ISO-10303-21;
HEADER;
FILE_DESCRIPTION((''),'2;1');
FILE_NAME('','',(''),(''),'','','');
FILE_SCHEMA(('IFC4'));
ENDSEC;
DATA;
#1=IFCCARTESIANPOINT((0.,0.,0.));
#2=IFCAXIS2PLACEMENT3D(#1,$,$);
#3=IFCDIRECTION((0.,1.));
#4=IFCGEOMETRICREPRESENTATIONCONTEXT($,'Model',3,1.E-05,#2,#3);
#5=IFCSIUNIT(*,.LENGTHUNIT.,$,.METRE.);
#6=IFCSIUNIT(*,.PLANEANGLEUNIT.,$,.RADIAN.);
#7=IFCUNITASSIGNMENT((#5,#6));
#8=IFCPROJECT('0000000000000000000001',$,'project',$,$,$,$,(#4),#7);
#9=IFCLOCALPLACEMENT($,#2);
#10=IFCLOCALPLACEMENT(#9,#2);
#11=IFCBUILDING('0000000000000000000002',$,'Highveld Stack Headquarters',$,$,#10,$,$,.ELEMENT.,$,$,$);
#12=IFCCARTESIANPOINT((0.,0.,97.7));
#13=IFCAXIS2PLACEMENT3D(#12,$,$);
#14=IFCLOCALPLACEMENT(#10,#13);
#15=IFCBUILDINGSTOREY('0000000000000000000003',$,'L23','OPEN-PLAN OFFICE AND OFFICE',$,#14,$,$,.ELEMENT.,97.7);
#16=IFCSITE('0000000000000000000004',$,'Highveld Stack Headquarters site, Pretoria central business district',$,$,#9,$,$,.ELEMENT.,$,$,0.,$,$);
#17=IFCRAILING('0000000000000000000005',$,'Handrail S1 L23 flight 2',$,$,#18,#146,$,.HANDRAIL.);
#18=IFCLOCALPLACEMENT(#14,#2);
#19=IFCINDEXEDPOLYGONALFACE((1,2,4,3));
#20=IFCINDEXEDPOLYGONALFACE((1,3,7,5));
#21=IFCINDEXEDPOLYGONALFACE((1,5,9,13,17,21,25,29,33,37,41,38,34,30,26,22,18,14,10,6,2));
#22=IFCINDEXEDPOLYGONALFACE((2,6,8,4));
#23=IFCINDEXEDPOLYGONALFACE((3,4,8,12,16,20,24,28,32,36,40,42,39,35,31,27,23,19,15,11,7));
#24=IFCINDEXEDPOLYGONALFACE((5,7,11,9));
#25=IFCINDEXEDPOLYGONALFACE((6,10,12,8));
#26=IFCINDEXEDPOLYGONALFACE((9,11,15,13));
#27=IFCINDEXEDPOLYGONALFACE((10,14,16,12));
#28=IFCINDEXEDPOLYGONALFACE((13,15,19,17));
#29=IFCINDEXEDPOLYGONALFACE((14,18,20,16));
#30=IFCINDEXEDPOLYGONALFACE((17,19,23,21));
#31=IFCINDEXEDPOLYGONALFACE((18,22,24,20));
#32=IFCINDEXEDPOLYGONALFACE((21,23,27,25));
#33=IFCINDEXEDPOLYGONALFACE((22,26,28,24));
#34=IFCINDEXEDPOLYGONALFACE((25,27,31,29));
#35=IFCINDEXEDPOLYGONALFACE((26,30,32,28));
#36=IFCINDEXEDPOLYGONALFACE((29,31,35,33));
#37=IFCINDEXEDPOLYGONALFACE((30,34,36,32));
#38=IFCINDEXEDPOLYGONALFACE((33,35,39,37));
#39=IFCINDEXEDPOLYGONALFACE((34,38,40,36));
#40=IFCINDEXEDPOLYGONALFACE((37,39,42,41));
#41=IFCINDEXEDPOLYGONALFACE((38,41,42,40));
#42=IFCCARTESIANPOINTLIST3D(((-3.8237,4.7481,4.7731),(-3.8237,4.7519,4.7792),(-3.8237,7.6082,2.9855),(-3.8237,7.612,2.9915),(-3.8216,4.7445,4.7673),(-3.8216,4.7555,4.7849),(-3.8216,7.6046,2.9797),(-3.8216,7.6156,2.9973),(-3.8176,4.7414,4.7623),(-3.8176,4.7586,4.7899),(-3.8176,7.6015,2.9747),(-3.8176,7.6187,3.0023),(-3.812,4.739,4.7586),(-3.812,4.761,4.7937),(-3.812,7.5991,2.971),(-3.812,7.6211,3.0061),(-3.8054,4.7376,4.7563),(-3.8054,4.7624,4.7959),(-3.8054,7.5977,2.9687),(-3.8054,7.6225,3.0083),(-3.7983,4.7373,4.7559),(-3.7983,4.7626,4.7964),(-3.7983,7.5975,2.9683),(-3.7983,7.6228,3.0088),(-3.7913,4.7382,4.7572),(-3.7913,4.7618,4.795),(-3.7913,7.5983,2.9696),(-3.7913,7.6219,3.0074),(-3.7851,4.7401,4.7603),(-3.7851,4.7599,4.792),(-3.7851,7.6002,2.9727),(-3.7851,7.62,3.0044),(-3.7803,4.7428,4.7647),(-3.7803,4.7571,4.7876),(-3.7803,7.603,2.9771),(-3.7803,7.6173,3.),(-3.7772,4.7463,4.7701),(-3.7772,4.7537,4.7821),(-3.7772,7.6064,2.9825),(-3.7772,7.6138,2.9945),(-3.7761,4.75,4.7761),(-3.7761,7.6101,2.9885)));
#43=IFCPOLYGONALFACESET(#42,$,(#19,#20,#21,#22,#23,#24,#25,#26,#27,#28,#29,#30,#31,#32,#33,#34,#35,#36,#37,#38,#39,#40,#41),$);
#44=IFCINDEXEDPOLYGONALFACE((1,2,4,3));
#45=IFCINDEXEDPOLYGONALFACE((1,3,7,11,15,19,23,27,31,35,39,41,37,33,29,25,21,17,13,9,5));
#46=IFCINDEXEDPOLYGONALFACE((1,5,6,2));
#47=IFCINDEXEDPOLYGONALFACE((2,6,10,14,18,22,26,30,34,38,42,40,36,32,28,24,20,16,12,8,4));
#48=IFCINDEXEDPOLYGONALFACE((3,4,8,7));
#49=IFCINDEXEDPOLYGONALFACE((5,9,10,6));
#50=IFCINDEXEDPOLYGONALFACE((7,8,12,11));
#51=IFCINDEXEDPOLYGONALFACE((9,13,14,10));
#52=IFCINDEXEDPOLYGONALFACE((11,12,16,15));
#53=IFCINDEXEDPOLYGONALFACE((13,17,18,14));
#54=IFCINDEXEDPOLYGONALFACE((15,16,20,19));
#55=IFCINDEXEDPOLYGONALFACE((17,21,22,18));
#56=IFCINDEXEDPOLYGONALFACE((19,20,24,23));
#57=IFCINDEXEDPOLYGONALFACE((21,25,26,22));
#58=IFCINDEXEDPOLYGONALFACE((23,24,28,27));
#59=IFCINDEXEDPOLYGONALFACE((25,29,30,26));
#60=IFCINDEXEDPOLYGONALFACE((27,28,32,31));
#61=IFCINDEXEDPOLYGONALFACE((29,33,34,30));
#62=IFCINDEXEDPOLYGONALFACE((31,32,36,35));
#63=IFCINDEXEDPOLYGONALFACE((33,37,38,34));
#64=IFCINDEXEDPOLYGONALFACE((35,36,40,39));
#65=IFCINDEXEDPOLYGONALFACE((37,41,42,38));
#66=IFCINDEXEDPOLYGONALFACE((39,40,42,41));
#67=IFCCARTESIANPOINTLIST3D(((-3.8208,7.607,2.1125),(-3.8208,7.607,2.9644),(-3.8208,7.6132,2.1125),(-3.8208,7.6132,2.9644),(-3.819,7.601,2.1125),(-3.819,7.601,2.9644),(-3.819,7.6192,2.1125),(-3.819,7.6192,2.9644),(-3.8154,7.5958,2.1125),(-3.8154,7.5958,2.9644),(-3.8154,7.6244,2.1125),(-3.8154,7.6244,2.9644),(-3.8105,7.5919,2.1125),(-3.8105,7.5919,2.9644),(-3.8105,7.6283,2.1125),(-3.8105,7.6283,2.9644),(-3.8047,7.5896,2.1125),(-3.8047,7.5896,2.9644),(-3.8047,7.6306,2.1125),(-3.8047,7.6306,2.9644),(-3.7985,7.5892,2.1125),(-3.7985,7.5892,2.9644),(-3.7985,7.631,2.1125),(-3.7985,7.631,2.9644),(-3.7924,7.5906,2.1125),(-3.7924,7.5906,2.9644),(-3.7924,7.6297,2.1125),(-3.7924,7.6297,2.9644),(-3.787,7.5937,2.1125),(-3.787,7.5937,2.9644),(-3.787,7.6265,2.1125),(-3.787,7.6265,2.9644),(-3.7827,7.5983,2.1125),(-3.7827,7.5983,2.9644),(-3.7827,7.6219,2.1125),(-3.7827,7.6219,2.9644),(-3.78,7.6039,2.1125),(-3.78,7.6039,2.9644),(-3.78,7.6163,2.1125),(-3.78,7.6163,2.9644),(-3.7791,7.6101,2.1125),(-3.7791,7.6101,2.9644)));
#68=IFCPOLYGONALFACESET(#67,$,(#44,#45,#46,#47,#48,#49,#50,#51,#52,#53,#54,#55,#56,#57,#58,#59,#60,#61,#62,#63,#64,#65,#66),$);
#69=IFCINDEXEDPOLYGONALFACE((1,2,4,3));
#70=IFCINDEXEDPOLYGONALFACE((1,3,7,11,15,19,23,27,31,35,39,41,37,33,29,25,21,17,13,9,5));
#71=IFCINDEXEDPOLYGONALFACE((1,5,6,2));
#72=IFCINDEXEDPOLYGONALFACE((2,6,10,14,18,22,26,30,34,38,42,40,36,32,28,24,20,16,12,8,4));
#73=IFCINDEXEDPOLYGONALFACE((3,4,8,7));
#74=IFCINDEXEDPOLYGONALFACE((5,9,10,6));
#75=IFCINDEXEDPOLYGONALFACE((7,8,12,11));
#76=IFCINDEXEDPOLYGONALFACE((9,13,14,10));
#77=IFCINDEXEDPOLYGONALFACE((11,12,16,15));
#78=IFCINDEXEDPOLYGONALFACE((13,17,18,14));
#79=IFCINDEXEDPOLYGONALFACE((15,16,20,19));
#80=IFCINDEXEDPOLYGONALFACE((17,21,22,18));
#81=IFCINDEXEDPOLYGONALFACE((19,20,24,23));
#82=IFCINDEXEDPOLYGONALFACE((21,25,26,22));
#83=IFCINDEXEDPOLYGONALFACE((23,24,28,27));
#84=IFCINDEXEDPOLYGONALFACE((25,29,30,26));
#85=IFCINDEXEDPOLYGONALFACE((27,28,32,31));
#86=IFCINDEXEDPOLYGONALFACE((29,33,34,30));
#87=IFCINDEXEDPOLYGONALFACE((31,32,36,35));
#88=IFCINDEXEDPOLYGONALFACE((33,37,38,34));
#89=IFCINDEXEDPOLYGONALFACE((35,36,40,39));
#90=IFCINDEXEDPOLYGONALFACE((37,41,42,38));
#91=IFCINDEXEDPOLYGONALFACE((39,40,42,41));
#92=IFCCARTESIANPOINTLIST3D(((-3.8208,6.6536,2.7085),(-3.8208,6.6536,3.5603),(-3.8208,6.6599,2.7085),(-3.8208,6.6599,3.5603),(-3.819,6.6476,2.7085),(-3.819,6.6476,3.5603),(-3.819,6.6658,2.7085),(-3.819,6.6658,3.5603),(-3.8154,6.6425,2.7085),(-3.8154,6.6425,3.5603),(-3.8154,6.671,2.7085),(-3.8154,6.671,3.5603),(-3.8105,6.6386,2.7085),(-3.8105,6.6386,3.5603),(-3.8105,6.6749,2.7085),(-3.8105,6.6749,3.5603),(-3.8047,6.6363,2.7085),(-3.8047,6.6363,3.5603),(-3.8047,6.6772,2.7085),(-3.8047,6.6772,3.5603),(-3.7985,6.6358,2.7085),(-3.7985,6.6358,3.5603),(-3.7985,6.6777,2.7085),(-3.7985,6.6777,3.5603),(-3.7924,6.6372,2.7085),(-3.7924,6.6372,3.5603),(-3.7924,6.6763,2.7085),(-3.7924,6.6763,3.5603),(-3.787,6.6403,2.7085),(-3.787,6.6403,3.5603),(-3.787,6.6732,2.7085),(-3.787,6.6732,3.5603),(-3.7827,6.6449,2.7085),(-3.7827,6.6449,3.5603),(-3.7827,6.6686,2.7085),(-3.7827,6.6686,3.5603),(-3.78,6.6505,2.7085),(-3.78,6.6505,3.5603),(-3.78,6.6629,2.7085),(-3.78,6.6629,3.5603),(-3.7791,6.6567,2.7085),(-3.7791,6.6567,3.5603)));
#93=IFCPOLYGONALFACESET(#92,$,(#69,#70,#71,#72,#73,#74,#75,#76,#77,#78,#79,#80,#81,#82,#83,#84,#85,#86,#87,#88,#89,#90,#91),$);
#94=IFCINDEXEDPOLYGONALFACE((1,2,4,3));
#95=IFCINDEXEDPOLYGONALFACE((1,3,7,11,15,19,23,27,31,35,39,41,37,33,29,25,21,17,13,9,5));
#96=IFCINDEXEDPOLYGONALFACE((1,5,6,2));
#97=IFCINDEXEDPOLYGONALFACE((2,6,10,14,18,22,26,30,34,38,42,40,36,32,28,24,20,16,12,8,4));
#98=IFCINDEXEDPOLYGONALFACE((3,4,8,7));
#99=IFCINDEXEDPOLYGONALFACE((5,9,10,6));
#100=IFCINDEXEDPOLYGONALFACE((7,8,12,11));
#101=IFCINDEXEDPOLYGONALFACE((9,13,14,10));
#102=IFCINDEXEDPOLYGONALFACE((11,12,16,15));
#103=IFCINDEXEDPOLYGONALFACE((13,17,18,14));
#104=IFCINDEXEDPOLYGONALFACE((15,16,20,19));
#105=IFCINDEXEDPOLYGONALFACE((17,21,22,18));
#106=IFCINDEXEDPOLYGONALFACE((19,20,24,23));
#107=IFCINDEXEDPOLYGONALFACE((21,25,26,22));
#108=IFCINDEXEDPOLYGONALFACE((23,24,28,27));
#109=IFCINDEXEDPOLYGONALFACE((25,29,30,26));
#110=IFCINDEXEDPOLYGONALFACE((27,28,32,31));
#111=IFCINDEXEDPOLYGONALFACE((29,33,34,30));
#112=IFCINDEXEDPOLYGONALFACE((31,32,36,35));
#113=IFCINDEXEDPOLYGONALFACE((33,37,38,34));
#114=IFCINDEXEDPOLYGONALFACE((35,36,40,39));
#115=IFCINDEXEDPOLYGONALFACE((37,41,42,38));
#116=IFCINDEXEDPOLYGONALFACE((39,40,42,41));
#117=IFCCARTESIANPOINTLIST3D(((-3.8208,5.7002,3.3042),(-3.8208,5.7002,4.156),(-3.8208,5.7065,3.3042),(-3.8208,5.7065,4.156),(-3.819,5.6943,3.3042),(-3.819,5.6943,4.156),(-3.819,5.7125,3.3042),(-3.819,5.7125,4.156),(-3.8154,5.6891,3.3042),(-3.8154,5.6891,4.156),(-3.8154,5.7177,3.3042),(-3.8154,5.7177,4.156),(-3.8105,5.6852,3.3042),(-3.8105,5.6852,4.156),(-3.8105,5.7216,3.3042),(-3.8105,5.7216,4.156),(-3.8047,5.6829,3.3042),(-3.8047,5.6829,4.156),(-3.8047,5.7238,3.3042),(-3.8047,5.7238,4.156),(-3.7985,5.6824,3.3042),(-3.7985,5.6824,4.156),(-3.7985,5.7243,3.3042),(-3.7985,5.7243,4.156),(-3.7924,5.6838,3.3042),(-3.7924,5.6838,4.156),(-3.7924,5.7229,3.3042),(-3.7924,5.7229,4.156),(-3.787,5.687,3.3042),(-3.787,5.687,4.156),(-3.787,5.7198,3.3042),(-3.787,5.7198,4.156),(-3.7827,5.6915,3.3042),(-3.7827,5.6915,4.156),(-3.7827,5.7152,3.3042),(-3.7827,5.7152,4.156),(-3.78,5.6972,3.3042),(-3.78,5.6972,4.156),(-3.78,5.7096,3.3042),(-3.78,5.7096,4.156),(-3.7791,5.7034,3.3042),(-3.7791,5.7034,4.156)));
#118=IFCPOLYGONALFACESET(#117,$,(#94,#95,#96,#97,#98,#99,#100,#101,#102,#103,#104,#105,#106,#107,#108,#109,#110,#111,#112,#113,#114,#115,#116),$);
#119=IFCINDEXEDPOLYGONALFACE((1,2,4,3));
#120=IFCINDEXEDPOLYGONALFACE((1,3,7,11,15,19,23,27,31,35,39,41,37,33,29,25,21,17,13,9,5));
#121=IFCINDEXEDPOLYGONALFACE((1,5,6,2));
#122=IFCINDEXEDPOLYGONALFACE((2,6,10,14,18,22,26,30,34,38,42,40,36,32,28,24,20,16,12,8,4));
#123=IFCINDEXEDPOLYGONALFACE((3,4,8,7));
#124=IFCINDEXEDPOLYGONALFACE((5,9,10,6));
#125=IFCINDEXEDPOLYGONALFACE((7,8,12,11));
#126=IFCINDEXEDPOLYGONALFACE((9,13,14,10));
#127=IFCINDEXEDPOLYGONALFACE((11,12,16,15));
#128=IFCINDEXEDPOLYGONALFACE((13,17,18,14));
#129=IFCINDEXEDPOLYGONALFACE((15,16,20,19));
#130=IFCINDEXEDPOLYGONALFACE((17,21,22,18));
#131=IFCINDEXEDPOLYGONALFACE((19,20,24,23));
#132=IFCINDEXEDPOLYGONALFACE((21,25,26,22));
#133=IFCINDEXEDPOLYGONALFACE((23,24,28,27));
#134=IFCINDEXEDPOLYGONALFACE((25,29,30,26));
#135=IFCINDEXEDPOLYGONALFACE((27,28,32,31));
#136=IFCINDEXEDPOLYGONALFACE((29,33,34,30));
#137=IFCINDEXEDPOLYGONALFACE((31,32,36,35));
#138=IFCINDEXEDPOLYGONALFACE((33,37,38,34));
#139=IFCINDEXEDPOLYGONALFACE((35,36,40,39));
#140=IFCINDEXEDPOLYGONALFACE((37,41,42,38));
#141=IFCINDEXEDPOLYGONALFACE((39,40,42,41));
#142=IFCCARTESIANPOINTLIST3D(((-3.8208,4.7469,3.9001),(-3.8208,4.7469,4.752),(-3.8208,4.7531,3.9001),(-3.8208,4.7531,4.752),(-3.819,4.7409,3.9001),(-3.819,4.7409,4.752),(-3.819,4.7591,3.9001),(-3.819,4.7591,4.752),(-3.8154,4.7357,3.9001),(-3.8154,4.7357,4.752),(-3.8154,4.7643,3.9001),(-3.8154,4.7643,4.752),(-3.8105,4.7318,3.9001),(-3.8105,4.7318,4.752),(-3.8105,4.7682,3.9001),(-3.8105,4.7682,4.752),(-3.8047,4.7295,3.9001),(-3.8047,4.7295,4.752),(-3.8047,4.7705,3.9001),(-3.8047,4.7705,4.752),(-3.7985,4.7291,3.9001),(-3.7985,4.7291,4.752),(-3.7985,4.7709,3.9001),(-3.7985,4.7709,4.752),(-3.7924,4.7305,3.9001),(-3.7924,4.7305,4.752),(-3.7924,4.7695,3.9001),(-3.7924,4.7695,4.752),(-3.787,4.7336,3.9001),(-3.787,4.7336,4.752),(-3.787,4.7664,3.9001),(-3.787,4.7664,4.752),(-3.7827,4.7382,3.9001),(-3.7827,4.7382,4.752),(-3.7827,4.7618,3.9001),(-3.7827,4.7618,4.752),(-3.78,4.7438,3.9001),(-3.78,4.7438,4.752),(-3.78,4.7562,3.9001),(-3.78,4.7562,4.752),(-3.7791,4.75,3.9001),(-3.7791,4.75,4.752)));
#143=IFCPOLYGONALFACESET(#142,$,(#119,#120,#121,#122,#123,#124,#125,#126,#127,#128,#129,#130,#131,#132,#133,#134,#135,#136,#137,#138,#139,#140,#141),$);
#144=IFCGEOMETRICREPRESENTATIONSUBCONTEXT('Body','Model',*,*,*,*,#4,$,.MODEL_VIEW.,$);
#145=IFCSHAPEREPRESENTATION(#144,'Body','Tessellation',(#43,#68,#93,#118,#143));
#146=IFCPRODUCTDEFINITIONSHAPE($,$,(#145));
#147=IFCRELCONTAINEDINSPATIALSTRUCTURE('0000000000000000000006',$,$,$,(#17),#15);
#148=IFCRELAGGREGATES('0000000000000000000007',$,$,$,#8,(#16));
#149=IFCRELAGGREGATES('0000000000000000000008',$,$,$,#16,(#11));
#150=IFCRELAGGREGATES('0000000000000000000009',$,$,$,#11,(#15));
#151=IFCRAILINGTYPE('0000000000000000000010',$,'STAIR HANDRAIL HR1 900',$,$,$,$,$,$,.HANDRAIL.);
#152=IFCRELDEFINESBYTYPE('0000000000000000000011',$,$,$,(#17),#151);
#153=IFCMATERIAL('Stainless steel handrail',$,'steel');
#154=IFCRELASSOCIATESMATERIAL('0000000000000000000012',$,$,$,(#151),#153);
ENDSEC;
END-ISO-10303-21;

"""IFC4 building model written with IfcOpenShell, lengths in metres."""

from ifc_helpers import new_model, si_unit, direction, frame, origin, origin_2d, place, context, subcontext, project, spatial, circle, extrude, material, type_object, element, save


model = new_model("IFC4")

# Units and contexts
model_context = context("Model", 3, precision=1e-05, world=origin(), true_north=direction((0.0, 1.0)))
body_context = subcontext(model_context, "Body", "Model", "MODEL_VIEW")
ifc_project = project(units=[si_unit("LENGTHUNIT", "METRE"), si_unit("PLANEANGLEUNIT", "RADIAN")], contexts=[model_context])

# Site, building, storey
site_placement = place(None, origin())
site = spatial("IfcSite", under=ifc_project, at=site_placement, Name="Highveld Stack Headquarters site, Pretoria central business district", CompositionType="ELEMENT", RefElevation=0.0)
building_placement = place(site_placement, origin())
building = spatial("IfcBuilding", under=site, at=building_placement, Name="Highveld Stack Headquarters", CompositionType="ELEMENT")
storey_placement = place(building_placement, frame((0.0, 0.0, 97.7)))
storey = spatial("IfcBuildingStorey", under=building, at=storey_placement, Name="L23", Description="OPEN-PLAN OFFICE AND OFFICE", CompositionType="ELEMENT", Elevation=97.7)

# Railing
ifc_material_1 = material(Name="Stainless steel handrail", Category="steel")
railing_type = type_object("IfcRailingType", Name="STAIR HANDRAIL HR1 900", PredefinedType="HANDRAIL", material=ifc_material_1)
for number, where, name in (
    (1, (-3.8, 7.6101, 2.1125), "Handrail S1 L23 flight 2"),
):
    element("IfcRailing", number, at=place(storey_placement, frame(where)), inside=storey, type_object=railing_type, Name=name, PredefinedType="HANDRAIL", context=body_context, shape_type="SweptSolid", body=[
        extrude(circle(Radius=0.0239, at=origin_2d()), frame((0.0, 0.0, 0.876), z_axis=(0.0, -0.847994, 0.530005), x_axis=(1.0, 0.0, 0.0)), (0.0, 0.0, 1.0), 3.3728),
        extrude(circle(Radius=0.021, at=origin_2d()), origin(), (0.0, 0.0, 1.0), 0.8518),
        extrude(circle(Radius=0.021, at=origin_2d()), frame((0.0, -0.9534, 0.5959)), (0.0, 0.0, 1.0), 0.8518),
        extrude(circle(Radius=0.021, at=origin_2d()), frame((0.0, -1.9067, 1.1917)), (0.0, 0.0, 1.0), 0.8518),
        extrude(circle(Radius=0.021, at=origin_2d()), frame((0.0, -2.8601, 1.7876)), (0.0, 0.0, 1.0), 0.8518),
    ])

save(model, "model.ifc")
